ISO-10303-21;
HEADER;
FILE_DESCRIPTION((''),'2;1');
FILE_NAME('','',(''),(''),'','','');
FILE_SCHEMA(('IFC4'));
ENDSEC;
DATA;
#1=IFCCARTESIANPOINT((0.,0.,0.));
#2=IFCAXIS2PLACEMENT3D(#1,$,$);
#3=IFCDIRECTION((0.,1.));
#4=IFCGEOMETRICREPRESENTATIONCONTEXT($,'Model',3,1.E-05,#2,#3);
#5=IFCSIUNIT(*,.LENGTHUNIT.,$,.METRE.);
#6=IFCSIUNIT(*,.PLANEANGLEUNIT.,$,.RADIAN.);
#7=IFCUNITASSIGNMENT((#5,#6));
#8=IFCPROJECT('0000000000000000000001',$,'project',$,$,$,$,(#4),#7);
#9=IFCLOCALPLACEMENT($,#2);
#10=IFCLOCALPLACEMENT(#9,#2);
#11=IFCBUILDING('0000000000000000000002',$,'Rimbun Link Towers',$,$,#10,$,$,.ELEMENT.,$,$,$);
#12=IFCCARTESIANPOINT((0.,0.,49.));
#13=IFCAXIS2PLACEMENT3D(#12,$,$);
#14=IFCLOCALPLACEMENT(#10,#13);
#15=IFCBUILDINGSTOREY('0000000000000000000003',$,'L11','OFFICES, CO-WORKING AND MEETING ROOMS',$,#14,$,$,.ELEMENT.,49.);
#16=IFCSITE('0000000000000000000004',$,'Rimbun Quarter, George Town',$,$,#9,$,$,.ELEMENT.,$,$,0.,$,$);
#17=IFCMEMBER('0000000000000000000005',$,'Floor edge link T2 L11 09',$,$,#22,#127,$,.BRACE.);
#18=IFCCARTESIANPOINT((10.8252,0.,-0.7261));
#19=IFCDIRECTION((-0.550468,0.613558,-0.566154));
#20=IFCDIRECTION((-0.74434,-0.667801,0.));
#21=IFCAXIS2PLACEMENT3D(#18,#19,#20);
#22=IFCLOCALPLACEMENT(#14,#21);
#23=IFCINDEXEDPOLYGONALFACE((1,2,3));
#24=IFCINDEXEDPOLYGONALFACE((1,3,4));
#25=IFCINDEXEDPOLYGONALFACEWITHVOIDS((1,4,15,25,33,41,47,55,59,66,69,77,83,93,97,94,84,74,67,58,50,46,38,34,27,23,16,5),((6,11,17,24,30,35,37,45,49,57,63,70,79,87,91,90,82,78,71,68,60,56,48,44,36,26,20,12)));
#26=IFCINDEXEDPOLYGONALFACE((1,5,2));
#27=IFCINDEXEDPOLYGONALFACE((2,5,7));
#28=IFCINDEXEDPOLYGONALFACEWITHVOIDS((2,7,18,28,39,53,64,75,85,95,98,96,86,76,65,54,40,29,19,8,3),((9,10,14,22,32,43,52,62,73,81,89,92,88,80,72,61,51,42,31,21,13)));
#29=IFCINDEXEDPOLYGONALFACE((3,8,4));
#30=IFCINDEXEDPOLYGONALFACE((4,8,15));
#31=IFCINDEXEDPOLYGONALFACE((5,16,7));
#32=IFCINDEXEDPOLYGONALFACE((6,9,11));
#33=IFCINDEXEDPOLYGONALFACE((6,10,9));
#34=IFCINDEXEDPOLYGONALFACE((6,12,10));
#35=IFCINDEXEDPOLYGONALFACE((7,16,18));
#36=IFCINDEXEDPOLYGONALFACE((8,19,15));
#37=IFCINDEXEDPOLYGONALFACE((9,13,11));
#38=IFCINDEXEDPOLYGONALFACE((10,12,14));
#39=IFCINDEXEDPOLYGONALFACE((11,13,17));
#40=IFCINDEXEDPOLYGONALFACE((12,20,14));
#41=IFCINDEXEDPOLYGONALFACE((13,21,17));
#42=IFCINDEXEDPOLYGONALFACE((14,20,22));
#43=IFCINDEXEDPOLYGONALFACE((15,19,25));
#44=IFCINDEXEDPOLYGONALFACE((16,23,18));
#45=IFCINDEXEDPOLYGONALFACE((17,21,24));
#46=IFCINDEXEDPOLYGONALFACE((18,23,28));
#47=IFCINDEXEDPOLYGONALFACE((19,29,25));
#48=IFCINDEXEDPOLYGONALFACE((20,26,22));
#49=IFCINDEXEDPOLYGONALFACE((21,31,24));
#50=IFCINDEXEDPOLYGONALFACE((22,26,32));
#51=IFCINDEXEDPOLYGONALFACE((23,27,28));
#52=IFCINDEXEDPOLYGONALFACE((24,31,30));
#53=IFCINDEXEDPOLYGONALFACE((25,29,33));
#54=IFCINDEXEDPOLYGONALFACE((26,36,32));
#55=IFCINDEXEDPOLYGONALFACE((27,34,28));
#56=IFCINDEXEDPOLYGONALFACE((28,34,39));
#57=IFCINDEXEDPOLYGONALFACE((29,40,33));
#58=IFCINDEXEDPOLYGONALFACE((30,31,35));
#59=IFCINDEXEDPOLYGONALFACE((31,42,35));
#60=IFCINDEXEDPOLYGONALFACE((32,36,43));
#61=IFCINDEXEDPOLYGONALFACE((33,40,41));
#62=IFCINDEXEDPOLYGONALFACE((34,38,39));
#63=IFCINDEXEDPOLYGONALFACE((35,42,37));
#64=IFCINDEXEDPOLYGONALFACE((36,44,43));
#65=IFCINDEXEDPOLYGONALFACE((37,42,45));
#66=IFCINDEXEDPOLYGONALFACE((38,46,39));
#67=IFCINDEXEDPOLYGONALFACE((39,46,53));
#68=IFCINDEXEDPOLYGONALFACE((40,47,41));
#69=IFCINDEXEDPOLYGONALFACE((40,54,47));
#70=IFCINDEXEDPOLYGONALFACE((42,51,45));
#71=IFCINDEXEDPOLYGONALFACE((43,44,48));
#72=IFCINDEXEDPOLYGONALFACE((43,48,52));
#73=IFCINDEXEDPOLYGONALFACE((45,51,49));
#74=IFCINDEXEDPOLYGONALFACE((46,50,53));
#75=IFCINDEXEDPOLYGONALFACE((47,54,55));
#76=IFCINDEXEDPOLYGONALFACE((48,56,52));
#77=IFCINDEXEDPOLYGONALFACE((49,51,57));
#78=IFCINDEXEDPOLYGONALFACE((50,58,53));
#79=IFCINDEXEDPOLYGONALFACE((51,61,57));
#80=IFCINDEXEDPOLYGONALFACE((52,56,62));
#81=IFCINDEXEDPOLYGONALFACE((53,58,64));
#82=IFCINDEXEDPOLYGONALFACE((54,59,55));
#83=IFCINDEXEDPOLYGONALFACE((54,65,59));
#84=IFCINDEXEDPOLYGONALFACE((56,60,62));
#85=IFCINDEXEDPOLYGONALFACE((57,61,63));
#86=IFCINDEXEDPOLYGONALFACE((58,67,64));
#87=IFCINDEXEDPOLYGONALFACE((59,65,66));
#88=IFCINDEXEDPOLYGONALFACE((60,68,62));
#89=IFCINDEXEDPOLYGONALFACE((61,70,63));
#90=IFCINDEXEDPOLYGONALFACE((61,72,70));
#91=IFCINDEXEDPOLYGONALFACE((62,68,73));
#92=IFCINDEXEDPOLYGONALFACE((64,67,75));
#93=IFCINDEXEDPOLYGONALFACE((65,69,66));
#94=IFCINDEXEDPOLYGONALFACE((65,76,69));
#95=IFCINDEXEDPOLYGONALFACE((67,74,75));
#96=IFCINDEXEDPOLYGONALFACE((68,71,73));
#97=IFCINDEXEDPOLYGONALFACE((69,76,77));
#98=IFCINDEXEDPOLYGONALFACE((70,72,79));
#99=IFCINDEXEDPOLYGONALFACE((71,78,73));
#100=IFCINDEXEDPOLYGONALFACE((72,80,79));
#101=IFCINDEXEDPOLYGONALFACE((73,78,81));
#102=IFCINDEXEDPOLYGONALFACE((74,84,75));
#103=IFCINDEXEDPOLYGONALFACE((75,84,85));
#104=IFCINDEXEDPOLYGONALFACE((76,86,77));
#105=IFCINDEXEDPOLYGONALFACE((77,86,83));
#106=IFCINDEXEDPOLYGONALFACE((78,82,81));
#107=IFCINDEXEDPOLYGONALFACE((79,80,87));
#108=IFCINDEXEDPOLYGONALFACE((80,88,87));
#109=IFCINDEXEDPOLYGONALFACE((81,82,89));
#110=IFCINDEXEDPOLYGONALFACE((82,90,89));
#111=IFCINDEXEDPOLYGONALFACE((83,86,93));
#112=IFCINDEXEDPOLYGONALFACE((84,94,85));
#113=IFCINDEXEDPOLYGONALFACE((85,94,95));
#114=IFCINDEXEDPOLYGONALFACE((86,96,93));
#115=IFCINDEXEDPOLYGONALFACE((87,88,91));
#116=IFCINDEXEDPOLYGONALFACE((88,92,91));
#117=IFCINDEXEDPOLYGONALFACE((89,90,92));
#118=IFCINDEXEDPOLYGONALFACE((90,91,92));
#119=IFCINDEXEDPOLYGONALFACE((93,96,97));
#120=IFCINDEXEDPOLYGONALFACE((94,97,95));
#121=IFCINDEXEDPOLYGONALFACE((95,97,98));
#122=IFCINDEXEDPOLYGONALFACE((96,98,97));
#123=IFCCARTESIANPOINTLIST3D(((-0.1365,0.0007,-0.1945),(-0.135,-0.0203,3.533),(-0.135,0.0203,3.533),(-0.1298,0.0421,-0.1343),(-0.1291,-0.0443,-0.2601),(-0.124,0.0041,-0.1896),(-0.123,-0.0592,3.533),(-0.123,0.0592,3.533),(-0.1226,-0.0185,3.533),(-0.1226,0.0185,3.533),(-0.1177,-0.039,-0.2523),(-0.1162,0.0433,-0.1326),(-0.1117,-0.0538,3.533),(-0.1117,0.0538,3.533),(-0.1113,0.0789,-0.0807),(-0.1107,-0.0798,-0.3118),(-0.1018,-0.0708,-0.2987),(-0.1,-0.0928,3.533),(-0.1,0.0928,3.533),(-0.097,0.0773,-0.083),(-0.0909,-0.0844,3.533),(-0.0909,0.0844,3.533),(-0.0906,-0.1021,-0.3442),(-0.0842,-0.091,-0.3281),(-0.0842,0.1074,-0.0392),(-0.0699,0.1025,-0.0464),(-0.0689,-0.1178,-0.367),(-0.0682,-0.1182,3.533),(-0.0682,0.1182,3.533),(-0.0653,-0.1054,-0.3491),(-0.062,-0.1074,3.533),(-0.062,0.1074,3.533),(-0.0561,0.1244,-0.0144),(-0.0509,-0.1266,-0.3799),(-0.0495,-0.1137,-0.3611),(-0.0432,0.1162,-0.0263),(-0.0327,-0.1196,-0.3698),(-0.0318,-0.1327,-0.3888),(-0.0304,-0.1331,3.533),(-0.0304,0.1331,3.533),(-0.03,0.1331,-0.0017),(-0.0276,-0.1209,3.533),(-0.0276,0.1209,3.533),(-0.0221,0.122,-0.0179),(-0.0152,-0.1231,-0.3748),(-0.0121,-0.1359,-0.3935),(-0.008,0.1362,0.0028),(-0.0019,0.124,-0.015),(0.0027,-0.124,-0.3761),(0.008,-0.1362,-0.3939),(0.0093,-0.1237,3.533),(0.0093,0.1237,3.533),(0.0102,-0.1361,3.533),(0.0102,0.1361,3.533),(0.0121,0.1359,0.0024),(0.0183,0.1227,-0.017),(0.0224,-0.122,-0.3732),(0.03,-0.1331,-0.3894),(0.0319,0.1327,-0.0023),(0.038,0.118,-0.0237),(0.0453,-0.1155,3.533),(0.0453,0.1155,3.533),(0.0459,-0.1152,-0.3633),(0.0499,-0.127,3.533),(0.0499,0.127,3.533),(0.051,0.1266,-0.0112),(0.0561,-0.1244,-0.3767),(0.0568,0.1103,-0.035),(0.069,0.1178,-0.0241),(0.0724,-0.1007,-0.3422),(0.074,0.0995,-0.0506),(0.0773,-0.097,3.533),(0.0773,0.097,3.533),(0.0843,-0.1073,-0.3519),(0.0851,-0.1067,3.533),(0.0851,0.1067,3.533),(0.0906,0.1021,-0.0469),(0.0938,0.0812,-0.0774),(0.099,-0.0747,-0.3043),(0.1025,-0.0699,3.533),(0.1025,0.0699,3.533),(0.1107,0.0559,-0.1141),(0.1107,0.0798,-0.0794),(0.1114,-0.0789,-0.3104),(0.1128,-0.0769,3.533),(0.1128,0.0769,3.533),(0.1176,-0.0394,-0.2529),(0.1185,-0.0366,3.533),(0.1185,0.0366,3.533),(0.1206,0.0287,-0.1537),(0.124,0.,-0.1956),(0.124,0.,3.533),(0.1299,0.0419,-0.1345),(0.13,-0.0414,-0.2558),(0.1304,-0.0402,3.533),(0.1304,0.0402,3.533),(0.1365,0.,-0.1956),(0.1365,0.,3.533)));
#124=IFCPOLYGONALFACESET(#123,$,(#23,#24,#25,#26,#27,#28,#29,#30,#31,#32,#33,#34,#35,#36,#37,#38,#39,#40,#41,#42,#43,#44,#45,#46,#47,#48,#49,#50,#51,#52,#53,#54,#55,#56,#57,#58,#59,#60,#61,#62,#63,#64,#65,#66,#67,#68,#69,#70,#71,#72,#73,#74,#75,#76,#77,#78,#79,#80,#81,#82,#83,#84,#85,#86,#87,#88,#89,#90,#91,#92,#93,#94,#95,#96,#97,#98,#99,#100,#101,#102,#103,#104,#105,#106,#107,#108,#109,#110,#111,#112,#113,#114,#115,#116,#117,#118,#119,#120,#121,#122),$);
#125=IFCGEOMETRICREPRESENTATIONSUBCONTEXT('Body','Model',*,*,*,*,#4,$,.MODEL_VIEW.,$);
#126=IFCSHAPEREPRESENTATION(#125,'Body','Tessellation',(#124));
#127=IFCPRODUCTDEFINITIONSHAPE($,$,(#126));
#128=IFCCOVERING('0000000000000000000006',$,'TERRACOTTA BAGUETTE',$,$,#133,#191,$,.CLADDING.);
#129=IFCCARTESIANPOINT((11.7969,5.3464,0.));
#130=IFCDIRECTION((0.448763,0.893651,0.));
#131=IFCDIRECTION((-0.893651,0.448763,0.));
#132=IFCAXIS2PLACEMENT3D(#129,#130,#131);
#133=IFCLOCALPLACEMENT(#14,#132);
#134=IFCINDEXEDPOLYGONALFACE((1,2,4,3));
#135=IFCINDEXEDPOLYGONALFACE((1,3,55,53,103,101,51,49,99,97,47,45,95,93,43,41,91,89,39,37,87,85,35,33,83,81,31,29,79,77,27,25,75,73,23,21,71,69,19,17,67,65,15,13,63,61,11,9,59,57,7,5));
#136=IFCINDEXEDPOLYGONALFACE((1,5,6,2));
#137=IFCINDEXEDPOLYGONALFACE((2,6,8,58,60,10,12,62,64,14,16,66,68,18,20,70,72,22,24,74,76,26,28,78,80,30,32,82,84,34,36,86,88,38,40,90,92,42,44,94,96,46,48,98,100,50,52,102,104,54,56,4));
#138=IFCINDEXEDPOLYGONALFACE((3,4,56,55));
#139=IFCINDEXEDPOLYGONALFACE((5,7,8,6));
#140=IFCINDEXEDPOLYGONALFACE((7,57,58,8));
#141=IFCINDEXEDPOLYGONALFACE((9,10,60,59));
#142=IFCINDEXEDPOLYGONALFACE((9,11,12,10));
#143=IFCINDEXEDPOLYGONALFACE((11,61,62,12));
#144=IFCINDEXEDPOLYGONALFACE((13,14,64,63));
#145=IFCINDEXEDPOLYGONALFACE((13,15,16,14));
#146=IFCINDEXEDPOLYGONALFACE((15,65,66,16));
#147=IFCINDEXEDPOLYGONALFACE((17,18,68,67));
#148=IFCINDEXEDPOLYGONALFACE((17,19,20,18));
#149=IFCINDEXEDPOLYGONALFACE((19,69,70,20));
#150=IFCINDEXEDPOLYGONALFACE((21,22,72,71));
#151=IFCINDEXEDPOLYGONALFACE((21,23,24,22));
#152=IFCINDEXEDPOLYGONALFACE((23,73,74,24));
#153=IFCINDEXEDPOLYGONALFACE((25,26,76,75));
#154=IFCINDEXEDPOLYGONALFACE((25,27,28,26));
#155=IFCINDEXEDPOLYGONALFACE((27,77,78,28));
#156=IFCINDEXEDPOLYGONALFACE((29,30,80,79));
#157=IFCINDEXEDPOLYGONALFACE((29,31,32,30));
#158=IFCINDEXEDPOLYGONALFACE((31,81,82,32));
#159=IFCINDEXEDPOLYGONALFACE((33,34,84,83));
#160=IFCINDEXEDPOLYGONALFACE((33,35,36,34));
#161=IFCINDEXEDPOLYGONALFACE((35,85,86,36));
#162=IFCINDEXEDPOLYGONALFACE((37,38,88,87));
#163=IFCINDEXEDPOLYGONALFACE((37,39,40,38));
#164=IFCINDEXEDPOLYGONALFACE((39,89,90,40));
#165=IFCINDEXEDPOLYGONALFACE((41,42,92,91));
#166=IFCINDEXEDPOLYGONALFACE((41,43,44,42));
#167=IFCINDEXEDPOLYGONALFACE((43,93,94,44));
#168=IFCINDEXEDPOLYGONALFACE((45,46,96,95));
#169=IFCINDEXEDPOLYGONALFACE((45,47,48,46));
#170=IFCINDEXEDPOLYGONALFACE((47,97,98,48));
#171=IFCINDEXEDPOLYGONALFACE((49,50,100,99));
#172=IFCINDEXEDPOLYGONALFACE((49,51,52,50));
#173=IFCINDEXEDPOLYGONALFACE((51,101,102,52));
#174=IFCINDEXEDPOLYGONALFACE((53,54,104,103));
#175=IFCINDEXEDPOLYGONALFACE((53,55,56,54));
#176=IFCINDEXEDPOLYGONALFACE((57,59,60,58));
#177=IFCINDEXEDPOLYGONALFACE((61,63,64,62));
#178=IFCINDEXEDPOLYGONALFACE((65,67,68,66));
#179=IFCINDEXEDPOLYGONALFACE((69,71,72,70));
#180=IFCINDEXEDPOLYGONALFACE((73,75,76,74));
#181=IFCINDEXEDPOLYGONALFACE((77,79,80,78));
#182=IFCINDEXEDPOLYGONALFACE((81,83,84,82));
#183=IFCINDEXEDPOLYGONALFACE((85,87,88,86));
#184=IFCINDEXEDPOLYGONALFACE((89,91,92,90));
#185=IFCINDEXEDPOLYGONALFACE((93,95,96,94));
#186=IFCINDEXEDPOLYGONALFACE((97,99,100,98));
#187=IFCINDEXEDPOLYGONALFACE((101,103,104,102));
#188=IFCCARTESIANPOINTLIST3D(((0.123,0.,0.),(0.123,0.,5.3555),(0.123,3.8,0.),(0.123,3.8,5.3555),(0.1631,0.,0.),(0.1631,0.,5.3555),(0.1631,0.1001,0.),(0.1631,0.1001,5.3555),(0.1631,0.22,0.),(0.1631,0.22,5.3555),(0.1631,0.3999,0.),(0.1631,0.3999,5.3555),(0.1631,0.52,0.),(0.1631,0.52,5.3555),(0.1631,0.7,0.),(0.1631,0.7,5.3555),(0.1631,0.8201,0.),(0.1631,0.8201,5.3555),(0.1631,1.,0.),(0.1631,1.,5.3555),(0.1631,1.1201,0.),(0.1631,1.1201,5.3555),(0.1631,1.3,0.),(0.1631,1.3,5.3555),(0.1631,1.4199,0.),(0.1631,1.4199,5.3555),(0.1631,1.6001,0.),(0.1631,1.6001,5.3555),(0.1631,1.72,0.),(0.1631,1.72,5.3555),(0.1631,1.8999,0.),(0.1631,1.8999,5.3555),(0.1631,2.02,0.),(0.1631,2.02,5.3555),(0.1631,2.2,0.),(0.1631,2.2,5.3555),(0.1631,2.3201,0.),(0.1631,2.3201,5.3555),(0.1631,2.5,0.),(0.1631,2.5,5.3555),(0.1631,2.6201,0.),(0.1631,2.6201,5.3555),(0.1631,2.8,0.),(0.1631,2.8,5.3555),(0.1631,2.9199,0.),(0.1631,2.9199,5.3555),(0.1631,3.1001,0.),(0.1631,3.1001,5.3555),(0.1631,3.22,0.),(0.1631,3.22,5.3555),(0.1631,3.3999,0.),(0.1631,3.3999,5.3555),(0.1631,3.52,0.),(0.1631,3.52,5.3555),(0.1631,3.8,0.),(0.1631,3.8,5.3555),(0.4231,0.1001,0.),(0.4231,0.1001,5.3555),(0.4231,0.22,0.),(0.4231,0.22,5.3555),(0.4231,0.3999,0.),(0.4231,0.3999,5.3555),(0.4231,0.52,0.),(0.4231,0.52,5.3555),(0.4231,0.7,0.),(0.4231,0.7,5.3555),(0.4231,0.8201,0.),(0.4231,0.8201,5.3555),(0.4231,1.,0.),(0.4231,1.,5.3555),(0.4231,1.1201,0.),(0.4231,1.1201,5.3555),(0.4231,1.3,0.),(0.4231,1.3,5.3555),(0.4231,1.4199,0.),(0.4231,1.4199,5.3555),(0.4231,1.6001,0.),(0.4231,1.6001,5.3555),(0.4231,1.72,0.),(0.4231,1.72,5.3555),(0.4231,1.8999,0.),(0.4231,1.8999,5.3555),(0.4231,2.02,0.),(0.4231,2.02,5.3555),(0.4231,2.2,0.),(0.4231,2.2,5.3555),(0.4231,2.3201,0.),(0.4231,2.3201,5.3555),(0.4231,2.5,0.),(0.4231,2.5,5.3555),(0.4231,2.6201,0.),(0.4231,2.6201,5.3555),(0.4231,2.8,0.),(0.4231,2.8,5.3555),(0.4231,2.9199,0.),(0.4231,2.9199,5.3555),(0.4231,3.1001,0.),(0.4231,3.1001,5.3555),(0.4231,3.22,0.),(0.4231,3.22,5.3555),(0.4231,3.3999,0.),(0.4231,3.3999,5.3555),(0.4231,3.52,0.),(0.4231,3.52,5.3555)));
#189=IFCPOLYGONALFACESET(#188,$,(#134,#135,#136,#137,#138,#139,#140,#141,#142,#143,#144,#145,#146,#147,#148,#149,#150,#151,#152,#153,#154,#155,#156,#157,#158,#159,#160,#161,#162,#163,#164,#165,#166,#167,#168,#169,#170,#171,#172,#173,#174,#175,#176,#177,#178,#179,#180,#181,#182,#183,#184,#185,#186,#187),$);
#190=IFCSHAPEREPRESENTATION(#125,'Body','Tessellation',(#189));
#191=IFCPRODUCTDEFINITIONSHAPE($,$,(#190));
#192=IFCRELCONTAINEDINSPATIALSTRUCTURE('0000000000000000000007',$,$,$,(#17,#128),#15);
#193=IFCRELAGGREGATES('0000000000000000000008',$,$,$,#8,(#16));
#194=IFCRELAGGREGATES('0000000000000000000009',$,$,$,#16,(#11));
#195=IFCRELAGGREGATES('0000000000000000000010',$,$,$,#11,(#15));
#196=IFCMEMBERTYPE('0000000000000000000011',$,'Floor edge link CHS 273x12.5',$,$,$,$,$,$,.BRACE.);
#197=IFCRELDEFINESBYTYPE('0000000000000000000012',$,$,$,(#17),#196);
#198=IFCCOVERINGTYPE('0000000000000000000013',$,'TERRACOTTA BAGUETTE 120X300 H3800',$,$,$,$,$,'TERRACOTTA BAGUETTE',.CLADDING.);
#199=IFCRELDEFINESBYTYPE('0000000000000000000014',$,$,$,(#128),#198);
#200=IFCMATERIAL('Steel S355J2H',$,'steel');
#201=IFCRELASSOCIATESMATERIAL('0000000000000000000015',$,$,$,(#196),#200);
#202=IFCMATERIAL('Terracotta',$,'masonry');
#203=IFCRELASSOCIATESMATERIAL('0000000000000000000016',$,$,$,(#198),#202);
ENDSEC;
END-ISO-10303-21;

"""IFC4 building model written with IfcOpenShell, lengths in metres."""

from ifc_helpers import new_model, si_unit, direction, frame, origin, origin_2d, place, context, subcontext, project, spatial, polyline, hollow_circle, outline, extrude, clip, halfspace, material, material_profile, profile_set, type_object, element, save


model = new_model("IFC4")

# Units and contexts
model_context = context("Model", 3, precision=1e-05, world=origin(), true_north=direction((0.0, 1.0)))
body_context = subcontext(model_context, "Body", "Model", "MODEL_VIEW")
ifc_project = project(units=[si_unit("LENGTHUNIT", "METRE"), si_unit("PLANEANGLEUNIT", "RADIAN")], contexts=[model_context])

# Site, building, storey
site_placement = place(None, origin())
site = spatial("IfcSite", under=ifc_project, at=site_placement, Name="Rimbun Quarter, George Town", CompositionType="ELEMENT", RefElevation=0.0)
building_placement = place(site_placement, origin())
building = spatial("IfcBuilding", under=site, at=building_placement, Name="Rimbun Link Towers", CompositionType="ELEMENT")
storey_placement = place(building_placement, frame((0.0, 0.0, 49.0)))
storey = spatial("IfcBuildingStorey", under=building, at=storey_placement, Name="L11", Description="OFFICES, CO-WORKING AND MEETING ROOMS", CompositionType="ELEMENT", Elevation=49.0)

# Member
ifc_material_1 = material(Name="Steel S355J2H", Category="steel")
ifc_material_profile_1 = material_profile(ifc_material_1, hollow_circle(Radius=0.1365, WallThickness=0.0125, at=origin_2d()), Name="CHS 273x12.5")
ifc_profile_set_1 = profile_set([ifc_material_profile_1], Name="Steel S355J2H")
member_type_1 = type_object("IfcMemberType", Name="Floor edge link CHS 273x12.5", PredefinedType="BRACE", material=ifc_profile_set_1)
member_1_placement = place(storey_placement, frame((10.8252, 0.0, -0.7261), z_axis=(-0.550468, 0.613558, -0.566154), x_axis=(-0.74434, -0.667801, 0.0)))
element("IfcMember", 1, at=member_1_placement, inside=storey, type_object=member_type_1, Name="Floor edge link T2 L11 09", PredefinedType="BRACE", context=body_context, shape_type="Clipping", body=[
    clip(extrude(hollow_circle(Radius=0.1365, WallThickness=0.0125, at=origin_2d()), frame((0.0, 0.0, -0.4153)), (0.0, 0.0, 1.0), 3.9482), halfspace(frame((0.0, 0.0, -0.1956), z_axis=(0.0, 0.824299, -0.566154)), False)),
])

# Covering
ifc_material_2 = material(Name="Terracotta", Category="masonry")
ifc_material_profile_2 = material_profile(ifc_material_2, outline(polyline([(0.123, 0.0), (0.1631, 0.0), (0.1631, 0.1001), (0.4231, 0.1001), (0.4231, 0.22), (0.1631, 0.22), (0.1631, 0.3999), (0.4231, 0.3999), (0.4231, 0.52), (0.1631, 0.52), (0.1631, 0.7), (0.4231, 0.7), (0.4231, 0.8201), (0.1631, 0.8201), (0.1631, 1.0), (0.4231, 1.0), (0.4231, 1.1201), (0.1631, 1.1201), (0.1631, 1.3), (0.4231, 1.3), (0.4231, 1.4199), (0.1631, 1.4199), (0.1631, 1.6001), (0.4231, 1.6001), (0.4231, 1.72), (0.1631, 1.72), (0.1631, 1.8999), (0.4231, 1.8999), (0.4231, 2.02), (0.1631, 2.02), (0.1631, 2.2), (0.4231, 2.2), (0.4231, 2.3201), (0.1631, 2.3201), (0.1631, 2.5), (0.4231, 2.5), (0.4231, 2.6201), (0.1631, 2.6201), (0.1631, 2.8), (0.4231, 2.8), (0.4231, 2.9199), (0.1631, 2.9199), (0.1631, 3.1001), (0.4231, 3.1001), (0.4231, 3.22), (0.1631, 3.22), (0.1631, 3.3999), (0.4231, 3.3999), (0.4231, 3.52), (0.1631, 3.52), (0.1631, 3.8), (0.123, 3.8), (0.123, 0.0)])), Name="BAGUETTE 120X300")
ifc_profile_set_2 = profile_set([ifc_material_profile_2], Name="Terracotta")
covering_type = type_object("IfcCoveringType", Name="TERRACOTTA BAGUETTE 120X300 H3800", ElementType="TERRACOTTA BAGUETTE", PredefinedType="CLADDING", material=ifc_profile_set_2)
covering_1_placement = place(storey_placement, frame((11.7969, 5.3464, 0.0), z_axis=(0.448763, 0.893651, 0.0), x_axis=(-0.893651, 0.448763, 0.0)))
element("IfcCovering", 2, at=covering_1_placement, inside=storey, type_object=covering_type, Name="TERRACOTTA BAGUETTE", PredefinedType="CLADDING", context=body_context, shape_type="SweptSolid", body=[
    extrude(outline(polyline([(0.123, 0.0), (0.1631, 0.0), (0.1631, 0.1001), (0.4231, 0.1001), (0.4231, 0.22), (0.1631, 0.22), (0.1631, 0.3999), (0.4231, 0.3999), (0.4231, 0.52), (0.1631, 0.52), (0.1631, 0.7), (0.4231, 0.7), (0.4231, 0.8201), (0.1631, 0.8201), (0.1631, 1.0), (0.4231, 1.0), (0.4231, 1.1201), (0.1631, 1.1201), (0.1631, 1.3), (0.4231, 1.3), (0.4231, 1.4199), (0.1631, 1.4199), (0.1631, 1.6001), (0.4231, 1.6001), (0.4231, 1.72), (0.1631, 1.72), (0.1631, 1.8999), (0.4231, 1.8999), (0.4231, 2.02), (0.1631, 2.02), (0.1631, 2.2), (0.4231, 2.2), (0.4231, 2.3201), (0.1631, 2.3201), (0.1631, 2.5), (0.4231, 2.5), (0.4231, 2.6201), (0.1631, 2.6201), (0.1631, 2.8), (0.4231, 2.8), (0.4231, 2.9199), (0.1631, 2.9199), (0.1631, 3.1001), (0.4231, 3.1001), (0.4231, 3.22), (0.1631, 3.22), (0.1631, 3.3999), (0.4231, 3.3999), (0.4231, 3.52), (0.1631, 3.52), (0.1631, 3.8), (0.123, 3.8), (0.123, 0.0)])), origin(), (0.0, 0.0, 1.0), 5.3555),
])

save(model, "model.ifc")
